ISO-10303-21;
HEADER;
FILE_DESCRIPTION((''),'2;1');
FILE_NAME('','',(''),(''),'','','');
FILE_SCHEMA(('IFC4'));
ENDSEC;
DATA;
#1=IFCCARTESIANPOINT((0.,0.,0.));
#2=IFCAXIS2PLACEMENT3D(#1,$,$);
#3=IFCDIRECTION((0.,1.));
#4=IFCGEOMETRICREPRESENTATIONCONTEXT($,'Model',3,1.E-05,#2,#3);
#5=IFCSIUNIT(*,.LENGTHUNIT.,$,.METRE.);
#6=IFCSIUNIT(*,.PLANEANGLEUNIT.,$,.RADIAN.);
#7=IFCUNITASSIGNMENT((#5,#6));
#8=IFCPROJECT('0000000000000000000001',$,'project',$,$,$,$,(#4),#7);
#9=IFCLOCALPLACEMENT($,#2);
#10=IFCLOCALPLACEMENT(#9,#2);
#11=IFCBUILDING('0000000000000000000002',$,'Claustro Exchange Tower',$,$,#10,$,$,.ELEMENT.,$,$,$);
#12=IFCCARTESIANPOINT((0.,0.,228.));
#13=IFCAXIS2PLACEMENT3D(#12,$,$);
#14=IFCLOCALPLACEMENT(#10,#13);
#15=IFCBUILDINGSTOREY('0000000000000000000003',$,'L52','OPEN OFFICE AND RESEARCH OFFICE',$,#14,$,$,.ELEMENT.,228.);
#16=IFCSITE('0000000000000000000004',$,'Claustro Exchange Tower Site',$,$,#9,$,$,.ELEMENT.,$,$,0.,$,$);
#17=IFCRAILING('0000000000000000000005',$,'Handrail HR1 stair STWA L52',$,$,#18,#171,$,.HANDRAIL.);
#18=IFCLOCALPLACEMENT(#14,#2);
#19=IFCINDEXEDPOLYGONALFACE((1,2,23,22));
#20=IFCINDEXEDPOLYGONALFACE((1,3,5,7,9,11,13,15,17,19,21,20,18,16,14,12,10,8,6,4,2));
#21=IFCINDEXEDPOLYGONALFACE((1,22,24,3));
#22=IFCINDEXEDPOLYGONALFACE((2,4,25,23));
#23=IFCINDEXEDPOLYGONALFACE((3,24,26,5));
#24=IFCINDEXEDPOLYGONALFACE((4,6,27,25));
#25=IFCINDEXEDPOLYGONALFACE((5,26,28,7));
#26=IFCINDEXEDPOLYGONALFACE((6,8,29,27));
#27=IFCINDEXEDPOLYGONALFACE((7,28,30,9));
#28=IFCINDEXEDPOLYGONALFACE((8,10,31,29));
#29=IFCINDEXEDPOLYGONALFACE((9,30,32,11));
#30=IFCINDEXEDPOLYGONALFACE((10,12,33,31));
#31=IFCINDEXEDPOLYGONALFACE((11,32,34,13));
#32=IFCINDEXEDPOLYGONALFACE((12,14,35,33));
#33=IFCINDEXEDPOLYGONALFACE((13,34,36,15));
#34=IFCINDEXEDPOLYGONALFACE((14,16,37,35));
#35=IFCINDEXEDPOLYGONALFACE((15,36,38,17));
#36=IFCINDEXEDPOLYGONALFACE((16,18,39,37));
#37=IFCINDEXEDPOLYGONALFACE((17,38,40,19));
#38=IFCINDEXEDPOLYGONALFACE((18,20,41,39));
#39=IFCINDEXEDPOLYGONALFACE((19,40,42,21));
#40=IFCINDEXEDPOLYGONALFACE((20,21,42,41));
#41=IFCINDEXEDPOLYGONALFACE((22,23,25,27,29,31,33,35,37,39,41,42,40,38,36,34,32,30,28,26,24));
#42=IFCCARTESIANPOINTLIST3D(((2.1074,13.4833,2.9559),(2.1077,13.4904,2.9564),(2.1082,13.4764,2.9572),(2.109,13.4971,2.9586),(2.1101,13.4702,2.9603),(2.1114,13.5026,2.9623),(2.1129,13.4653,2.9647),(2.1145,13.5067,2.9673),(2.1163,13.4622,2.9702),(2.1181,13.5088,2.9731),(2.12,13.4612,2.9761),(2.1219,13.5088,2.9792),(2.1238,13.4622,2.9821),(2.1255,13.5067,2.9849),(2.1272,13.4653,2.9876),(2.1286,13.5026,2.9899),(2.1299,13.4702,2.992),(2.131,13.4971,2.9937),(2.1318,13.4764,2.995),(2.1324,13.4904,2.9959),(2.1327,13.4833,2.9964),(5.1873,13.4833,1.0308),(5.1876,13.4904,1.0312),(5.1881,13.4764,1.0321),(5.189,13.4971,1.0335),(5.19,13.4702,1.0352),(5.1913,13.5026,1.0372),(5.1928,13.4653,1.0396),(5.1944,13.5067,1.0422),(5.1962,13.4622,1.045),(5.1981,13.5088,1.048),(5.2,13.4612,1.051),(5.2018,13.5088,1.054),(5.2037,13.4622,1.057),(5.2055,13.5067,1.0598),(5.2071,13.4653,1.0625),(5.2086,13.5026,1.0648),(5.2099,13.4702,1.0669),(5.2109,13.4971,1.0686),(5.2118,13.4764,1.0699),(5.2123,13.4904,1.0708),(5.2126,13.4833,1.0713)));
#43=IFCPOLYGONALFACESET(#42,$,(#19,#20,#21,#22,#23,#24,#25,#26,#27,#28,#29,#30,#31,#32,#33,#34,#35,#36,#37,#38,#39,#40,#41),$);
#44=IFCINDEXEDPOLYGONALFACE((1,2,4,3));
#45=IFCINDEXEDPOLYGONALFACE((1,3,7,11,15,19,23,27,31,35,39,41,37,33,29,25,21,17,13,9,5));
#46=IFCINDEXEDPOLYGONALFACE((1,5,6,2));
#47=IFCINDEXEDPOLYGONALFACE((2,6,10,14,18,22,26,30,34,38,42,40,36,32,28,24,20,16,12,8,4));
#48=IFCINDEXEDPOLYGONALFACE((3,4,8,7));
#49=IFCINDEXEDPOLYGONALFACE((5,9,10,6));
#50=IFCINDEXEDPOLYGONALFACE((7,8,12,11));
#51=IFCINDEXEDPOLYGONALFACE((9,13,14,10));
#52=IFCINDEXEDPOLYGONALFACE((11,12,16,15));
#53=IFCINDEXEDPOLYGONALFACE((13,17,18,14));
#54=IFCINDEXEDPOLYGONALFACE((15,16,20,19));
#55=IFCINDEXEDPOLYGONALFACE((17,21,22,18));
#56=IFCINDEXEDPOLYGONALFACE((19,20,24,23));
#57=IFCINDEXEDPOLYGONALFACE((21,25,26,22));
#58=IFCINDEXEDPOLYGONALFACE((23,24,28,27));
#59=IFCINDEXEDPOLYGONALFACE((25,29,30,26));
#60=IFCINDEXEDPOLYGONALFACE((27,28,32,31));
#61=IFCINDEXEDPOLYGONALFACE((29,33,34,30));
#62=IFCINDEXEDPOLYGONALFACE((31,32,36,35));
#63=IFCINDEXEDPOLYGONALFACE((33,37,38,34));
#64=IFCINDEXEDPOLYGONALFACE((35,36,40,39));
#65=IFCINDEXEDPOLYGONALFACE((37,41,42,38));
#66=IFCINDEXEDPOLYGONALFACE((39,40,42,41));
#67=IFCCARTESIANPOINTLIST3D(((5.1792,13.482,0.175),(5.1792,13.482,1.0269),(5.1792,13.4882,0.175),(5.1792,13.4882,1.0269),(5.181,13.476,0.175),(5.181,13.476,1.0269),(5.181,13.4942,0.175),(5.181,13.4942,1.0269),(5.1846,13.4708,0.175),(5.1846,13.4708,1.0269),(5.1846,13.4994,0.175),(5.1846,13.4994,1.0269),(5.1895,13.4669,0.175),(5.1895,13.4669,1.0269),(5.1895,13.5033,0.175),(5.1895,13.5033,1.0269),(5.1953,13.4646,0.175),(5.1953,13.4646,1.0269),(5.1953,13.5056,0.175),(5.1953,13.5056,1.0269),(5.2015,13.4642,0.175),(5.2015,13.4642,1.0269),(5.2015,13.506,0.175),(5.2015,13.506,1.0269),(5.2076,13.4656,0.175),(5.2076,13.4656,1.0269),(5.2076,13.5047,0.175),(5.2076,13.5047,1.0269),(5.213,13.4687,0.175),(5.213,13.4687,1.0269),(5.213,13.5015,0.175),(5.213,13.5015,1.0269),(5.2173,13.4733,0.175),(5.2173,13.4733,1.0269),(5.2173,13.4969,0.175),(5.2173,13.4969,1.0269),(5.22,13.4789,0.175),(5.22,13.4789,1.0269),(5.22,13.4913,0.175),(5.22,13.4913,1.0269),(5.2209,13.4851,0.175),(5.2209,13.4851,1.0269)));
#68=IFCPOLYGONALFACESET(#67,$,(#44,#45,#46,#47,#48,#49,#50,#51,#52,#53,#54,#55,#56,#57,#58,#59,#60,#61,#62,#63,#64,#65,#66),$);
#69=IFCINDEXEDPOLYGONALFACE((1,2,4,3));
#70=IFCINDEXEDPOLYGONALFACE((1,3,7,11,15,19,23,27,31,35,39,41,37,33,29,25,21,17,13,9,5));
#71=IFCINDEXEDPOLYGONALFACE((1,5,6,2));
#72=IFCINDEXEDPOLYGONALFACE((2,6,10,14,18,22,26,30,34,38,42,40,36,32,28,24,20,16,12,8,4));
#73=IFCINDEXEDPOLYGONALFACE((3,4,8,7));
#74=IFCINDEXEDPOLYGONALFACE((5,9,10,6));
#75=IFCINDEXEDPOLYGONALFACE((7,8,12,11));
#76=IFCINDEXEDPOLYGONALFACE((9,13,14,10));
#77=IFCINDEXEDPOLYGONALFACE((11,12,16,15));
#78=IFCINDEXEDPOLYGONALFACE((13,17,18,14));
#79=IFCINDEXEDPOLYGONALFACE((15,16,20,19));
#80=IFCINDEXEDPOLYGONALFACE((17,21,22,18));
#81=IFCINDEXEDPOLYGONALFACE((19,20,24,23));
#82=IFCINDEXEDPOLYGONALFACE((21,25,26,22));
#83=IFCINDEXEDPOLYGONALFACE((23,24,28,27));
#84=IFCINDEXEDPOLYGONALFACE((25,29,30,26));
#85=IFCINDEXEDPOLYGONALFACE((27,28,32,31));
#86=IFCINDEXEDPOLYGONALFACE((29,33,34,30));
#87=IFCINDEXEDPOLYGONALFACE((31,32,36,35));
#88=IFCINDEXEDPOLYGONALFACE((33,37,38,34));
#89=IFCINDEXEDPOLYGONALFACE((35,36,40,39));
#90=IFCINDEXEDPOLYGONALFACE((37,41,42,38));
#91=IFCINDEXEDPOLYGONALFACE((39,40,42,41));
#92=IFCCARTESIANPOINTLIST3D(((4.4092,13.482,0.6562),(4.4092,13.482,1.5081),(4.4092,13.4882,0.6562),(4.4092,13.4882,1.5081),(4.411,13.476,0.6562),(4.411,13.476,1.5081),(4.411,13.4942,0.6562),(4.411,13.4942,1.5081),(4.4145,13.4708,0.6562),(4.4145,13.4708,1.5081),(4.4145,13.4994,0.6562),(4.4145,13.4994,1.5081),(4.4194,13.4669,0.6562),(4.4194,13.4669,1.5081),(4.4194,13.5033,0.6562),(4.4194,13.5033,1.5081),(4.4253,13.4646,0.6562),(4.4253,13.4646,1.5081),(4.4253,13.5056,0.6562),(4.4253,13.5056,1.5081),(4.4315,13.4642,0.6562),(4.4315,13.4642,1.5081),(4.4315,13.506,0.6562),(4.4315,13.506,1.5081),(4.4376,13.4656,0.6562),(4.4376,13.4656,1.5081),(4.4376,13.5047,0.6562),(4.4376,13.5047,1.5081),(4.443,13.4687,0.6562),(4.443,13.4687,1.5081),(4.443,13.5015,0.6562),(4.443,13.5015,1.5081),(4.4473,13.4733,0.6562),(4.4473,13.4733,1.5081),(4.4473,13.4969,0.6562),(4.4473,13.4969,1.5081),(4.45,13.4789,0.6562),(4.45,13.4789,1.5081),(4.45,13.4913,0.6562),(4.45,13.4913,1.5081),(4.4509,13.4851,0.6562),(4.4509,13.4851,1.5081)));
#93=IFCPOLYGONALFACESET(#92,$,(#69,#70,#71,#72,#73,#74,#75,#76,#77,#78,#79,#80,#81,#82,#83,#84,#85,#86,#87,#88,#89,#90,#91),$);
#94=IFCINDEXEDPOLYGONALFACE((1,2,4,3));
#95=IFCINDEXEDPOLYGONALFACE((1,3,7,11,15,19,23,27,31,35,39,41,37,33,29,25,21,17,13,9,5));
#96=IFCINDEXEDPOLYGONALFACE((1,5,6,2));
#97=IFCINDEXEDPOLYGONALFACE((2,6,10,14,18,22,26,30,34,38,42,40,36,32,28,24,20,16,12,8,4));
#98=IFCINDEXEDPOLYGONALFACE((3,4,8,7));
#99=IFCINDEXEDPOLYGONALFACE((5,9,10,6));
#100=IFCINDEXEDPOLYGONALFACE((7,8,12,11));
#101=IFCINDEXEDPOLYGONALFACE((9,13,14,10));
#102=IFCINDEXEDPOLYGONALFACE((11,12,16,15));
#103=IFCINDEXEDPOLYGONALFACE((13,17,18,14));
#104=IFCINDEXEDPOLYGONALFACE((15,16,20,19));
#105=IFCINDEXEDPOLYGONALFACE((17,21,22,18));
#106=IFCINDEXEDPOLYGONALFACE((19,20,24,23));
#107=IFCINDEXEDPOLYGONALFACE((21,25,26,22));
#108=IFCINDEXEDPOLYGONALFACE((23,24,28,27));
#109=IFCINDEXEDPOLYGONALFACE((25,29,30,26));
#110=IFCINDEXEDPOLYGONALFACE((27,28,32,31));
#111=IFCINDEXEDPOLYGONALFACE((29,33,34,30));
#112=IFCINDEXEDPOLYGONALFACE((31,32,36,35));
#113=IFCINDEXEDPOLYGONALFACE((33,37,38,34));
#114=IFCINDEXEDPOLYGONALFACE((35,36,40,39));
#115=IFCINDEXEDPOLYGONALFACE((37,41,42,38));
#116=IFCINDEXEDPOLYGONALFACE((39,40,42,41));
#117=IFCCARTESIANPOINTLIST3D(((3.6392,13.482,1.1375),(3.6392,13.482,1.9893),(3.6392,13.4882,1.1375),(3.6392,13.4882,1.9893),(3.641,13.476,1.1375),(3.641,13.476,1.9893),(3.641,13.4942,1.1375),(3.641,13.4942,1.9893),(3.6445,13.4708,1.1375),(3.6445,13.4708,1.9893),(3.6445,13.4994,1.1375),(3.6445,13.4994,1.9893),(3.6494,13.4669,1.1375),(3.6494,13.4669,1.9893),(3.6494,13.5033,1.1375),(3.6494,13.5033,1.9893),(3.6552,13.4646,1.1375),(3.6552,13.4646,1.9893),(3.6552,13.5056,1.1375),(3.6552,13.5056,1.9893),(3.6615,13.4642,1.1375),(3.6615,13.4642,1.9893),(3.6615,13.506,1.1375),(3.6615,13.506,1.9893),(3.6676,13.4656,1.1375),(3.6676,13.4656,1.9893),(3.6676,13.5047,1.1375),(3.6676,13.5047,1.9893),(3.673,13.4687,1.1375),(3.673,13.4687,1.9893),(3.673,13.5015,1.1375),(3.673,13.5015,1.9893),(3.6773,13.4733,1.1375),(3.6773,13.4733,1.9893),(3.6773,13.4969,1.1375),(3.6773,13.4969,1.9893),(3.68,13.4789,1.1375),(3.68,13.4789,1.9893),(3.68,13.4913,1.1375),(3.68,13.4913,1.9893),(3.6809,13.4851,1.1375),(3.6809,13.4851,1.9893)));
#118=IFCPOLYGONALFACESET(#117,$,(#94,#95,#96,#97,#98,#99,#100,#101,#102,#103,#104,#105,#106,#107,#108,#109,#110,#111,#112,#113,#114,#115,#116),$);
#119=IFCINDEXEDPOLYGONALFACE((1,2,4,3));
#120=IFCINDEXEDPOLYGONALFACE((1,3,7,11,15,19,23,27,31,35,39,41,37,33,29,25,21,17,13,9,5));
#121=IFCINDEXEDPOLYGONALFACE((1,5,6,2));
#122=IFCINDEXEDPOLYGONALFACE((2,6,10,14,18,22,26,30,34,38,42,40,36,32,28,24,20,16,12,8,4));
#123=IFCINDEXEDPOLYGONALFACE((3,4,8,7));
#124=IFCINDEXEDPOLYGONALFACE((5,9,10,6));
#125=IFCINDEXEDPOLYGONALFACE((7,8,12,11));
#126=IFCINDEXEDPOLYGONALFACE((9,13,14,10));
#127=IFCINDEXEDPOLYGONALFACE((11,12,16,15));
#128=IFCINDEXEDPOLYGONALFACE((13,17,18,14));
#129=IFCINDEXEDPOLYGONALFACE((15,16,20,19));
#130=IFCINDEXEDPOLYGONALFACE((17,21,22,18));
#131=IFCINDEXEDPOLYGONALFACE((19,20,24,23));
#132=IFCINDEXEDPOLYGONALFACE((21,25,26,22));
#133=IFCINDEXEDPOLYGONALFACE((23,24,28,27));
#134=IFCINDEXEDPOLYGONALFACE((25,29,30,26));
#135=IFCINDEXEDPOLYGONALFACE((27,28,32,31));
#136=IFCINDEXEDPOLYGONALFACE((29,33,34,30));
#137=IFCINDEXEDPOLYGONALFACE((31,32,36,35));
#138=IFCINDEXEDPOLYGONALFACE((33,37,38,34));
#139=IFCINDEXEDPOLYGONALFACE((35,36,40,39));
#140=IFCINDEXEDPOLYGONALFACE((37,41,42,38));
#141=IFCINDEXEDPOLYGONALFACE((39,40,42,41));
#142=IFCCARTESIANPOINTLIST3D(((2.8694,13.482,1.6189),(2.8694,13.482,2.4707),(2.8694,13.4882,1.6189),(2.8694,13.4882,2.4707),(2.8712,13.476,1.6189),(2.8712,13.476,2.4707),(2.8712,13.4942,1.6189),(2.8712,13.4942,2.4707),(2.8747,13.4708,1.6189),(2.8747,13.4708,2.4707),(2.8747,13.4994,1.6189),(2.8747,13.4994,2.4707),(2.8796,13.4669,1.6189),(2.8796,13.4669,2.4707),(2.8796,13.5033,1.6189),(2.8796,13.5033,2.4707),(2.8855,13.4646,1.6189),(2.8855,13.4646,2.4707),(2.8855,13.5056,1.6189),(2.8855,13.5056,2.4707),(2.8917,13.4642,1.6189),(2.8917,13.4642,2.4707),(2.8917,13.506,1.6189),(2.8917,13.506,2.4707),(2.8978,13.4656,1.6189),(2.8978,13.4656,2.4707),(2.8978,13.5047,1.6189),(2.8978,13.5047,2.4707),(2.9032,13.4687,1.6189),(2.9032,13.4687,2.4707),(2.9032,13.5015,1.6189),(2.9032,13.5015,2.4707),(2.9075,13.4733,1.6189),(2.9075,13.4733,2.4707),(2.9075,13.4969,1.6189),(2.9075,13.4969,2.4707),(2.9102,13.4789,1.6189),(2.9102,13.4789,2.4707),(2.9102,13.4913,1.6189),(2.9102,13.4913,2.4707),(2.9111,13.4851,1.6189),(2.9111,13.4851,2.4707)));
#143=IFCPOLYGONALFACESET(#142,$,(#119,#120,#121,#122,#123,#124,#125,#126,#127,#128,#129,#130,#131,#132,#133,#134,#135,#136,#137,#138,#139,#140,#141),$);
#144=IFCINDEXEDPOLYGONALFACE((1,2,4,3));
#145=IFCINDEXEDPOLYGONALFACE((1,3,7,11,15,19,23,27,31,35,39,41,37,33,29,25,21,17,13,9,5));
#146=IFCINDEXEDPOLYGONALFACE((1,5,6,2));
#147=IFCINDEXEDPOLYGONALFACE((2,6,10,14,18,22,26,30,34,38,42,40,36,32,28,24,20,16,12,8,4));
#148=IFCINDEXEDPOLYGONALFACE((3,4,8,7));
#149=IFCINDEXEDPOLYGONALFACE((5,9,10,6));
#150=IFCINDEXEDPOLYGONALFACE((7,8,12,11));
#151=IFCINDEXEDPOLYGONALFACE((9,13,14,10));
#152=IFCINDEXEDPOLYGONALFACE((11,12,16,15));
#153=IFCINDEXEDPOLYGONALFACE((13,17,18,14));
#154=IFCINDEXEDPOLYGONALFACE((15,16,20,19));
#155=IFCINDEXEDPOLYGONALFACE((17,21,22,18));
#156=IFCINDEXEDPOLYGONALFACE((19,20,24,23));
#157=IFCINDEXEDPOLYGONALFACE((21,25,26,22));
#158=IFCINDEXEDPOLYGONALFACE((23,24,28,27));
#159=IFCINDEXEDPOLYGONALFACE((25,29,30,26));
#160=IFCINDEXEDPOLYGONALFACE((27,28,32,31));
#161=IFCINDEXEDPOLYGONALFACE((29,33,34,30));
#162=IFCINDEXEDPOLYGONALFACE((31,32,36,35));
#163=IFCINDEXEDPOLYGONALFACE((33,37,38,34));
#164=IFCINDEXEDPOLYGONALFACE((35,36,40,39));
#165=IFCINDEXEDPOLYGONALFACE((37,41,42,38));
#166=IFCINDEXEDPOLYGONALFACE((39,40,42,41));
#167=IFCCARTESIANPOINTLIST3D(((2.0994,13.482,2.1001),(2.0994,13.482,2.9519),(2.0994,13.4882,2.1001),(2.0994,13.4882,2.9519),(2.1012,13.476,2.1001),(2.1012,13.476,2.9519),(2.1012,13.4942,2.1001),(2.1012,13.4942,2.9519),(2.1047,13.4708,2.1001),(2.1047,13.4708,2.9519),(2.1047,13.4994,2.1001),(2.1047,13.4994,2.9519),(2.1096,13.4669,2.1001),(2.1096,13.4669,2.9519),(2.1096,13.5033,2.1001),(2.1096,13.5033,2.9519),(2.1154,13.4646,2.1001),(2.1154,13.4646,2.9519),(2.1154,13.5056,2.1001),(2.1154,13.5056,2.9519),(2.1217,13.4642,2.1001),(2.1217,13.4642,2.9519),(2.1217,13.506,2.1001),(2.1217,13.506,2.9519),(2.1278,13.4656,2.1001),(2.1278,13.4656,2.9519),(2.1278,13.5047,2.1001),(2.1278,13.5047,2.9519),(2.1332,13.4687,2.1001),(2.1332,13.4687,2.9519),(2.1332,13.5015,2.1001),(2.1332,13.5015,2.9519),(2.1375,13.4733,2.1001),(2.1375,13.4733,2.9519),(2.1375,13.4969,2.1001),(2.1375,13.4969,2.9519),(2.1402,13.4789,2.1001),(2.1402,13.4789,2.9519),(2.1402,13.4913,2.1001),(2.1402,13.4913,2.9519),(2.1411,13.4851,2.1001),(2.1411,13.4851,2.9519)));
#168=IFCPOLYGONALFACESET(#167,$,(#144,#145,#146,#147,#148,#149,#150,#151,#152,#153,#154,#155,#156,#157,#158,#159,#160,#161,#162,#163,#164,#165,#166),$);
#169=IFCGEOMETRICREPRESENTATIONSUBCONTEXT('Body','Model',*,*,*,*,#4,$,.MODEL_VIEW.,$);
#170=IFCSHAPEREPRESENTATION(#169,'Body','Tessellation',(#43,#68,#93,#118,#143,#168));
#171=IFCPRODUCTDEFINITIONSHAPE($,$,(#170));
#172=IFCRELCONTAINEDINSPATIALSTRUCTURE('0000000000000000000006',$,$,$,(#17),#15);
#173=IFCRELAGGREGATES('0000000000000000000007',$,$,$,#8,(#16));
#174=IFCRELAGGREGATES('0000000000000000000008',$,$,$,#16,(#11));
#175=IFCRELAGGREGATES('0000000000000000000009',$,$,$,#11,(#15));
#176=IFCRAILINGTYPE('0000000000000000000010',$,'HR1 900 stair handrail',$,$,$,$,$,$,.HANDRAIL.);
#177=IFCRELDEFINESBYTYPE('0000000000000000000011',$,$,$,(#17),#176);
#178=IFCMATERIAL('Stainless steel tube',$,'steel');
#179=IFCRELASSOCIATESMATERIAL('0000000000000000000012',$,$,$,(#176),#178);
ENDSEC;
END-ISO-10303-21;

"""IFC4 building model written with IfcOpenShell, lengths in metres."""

from ifc_helpers import new_model, si_unit, direction, frame, origin, origin_2d, place, context, subcontext, project, spatial, circle, extrude, material, type_object, element, save


model = new_model("IFC4")

# Units and contexts
model_context = context("Model", 3, precision=1e-05, world=origin(), true_north=direction((0.0, 1.0)))
body_context = subcontext(model_context, "Body", "Model", "MODEL_VIEW")
ifc_project = project(units=[si_unit("LENGTHUNIT", "METRE"), si_unit("PLANEANGLEUNIT", "RADIAN")], contexts=[model_context])

# Site, building, storey
site_placement = place(None, origin())
site = spatial("IfcSite", under=ifc_project, at=site_placement, Name="Claustro Exchange Tower Site", CompositionType="ELEMENT", RefElevation=0.0)
building_placement = place(site_placement, origin())
building = spatial("IfcBuilding", under=site, at=building_placement, Name="Claustro Exchange Tower", CompositionType="ELEMENT")
storey_placement = place(building_placement, frame((0.0, 0.0, 228.0)))
storey = spatial("IfcBuildingStorey", under=building, at=storey_placement, Name="L52", Description="OPEN OFFICE AND RESEARCH OFFICE", CompositionType="ELEMENT", Elevation=228.0)

# Railing
ifc_material_1 = material(Name="Stainless steel tube", Category="steel")
railing_type_1 = type_object("IfcRailingType", Name="HR1 900 stair handrail", PredefinedType="HANDRAIL", material=ifc_material_1)
railing_1_placement = place(storey_placement, frame((5.2, 13.4851, 0.175)))
element("IfcRailing", 1, at=railing_1_placement, inside=storey, type_object=railing_type_1, Name="Handrail HR1 stair STWA L52", PredefinedType="HANDRAIL", context=body_context, shape_type="SweptSolid", body=[
    extrude(circle(Radius=0.0239, at=origin_2d()), frame((0.0, 0.0, 0.876), z_axis=(-0.847979, 0.0, 0.530029), x_axis=(0.0, -1.0, 0.0)), (0.0, 0.0, 1.0), 3.6321),
    extrude(circle(Radius=0.021, at=origin_2d()), origin(), (0.0, 0.0, 1.0), 0.8518),
    extrude(circle(Radius=0.021, at=origin_2d()), frame((-0.77, 0.0, 0.4812)), (0.0, 0.0, 1.0), 0.8518),
    extrude(circle(Radius=0.021, at=origin_2d()), frame((-1.54, 0.0, 0.9624)), (0.0, 0.0, 1.0), 0.8518),
    extrude(circle(Radius=0.021, at=origin_2d()), frame((-2.3098, 0.0, 1.4438)), (0.0, 0.0, 1.0), 0.8518),
    extrude(circle(Radius=0.021, at=origin_2d()), frame((-3.0798, 0.0, 1.925)), (0.0, 0.0, 1.0), 0.8518),
])

save(model, "model.ifc")
